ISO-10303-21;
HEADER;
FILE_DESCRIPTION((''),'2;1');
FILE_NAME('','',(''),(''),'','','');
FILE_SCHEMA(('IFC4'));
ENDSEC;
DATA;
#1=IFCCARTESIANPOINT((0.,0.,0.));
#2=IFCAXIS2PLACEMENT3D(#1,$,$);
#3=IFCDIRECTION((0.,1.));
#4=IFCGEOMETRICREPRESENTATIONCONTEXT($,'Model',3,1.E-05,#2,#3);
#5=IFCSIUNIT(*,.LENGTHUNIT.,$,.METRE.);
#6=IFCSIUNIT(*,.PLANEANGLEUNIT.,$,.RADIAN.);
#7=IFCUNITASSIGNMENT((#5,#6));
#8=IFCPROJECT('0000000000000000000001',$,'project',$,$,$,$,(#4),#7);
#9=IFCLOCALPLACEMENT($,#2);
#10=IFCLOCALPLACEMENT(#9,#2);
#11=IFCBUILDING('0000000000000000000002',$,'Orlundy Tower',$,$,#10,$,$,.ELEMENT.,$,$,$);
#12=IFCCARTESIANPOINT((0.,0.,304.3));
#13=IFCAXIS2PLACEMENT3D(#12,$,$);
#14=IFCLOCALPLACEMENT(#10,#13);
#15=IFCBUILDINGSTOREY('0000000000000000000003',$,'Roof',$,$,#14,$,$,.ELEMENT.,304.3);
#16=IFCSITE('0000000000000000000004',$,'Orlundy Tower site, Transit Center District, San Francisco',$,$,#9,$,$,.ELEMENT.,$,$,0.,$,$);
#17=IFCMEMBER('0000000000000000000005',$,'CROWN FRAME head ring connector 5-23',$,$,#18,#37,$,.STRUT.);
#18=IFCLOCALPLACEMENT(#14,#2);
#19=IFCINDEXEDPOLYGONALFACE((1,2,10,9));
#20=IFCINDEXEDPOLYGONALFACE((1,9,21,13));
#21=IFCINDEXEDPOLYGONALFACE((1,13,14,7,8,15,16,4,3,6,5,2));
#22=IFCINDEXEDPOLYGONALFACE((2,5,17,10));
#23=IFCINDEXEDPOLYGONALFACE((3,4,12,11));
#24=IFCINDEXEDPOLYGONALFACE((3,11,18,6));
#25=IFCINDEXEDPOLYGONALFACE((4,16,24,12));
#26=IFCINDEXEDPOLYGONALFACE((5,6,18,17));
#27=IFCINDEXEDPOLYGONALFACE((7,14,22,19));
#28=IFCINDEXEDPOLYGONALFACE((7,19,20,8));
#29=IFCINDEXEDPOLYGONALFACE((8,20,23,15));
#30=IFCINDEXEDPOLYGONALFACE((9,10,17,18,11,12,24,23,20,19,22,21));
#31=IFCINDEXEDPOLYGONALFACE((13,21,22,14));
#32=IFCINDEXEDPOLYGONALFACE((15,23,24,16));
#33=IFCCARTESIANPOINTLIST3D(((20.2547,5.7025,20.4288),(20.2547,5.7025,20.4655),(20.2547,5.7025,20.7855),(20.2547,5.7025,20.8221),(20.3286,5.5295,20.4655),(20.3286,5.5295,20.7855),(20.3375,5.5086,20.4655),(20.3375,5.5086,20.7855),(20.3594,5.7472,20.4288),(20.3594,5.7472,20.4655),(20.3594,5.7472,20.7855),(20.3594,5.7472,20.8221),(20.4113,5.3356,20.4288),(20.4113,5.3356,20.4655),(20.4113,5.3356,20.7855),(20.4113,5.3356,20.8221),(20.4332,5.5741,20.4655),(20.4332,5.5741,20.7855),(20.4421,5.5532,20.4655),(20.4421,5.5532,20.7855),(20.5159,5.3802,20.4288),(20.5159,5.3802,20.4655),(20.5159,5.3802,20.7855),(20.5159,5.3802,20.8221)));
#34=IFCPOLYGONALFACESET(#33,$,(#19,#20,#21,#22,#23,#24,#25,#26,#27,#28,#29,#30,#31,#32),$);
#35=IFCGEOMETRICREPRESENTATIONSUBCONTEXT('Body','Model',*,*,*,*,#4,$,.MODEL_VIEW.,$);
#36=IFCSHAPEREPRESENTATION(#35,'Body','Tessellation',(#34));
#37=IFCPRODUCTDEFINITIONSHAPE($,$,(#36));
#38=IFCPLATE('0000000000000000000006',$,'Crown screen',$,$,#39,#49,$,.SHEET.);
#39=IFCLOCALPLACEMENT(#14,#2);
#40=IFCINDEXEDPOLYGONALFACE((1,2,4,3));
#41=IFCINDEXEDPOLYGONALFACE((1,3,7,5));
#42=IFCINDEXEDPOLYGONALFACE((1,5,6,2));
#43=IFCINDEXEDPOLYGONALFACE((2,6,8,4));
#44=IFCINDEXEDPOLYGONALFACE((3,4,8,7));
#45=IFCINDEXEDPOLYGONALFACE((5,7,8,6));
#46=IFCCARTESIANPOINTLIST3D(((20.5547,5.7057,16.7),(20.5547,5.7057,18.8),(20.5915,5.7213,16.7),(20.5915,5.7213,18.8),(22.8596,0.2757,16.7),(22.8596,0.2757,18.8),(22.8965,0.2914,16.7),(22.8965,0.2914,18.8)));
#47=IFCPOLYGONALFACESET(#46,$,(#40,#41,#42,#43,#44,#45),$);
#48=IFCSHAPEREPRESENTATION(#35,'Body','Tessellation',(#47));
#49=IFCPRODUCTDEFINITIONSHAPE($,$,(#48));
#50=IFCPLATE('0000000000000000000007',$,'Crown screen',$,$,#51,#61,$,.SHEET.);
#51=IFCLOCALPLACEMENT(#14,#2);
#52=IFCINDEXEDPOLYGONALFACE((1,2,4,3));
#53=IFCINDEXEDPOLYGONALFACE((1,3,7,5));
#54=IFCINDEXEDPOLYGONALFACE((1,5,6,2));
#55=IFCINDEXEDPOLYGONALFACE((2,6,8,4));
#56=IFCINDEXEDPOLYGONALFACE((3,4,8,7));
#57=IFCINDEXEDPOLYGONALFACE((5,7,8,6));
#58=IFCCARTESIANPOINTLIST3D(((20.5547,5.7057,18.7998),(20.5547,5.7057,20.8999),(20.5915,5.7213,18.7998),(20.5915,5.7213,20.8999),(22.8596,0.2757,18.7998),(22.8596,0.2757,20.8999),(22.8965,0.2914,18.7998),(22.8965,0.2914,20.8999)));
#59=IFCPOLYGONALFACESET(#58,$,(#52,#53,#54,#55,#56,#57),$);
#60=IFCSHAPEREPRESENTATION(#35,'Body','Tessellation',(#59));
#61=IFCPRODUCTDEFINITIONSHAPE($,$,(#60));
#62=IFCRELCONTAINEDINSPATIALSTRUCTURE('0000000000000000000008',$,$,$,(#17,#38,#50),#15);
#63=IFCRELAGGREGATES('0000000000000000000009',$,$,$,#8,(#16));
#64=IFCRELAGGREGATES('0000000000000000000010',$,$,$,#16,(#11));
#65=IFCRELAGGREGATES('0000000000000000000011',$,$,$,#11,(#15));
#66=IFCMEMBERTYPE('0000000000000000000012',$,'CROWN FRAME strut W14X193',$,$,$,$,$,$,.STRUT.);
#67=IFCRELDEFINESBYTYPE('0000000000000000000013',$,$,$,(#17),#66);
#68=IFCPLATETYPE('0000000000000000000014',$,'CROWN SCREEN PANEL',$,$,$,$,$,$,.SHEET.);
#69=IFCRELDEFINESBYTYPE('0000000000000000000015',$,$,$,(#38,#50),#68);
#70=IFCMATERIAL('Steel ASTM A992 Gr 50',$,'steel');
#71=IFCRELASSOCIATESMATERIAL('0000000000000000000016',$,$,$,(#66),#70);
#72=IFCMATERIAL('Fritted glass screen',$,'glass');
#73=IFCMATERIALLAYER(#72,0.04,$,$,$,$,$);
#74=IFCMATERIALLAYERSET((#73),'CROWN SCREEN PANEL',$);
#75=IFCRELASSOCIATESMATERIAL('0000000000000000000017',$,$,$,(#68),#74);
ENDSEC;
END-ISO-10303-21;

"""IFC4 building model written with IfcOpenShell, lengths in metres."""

from ifc_helpers import new_model, si_unit, direction, frame, origin, origin_2d, place, context, subcontext, project, spatial, rectangle, i_section, extrude, material, layer, layer_set, material_profile, profile_set, type_object, element, save


model = new_model("IFC4")

# Units and contexts
model_context = context("Model", 3, precision=1e-05, world=origin(), true_north=direction((0.0, 1.0)))
body_context = subcontext(model_context, "Body", "Model", "MODEL_VIEW")
ifc_project = project(units=[si_unit("LENGTHUNIT", "METRE"), si_unit("PLANEANGLEUNIT", "RADIAN")], contexts=[model_context])

# Site, building, storey
site_placement = place(None, origin())
site = spatial("IfcSite", under=ifc_project, at=site_placement, Name="Orlundy Tower site, Transit Center District, San Francisco", CompositionType="ELEMENT", RefElevation=0.0)
building_placement = place(site_placement, origin())
building = spatial("IfcBuilding", under=site, at=building_placement, Name="Orlundy Tower", CompositionType="ELEMENT")
storey_placement = place(building_placement, frame((0.0, 0.0, 304.3)))
storey = spatial("IfcBuildingStorey", under=building, at=storey_placement, Name="Roof", CompositionType="ELEMENT", Elevation=304.3)

# Member
ifc_material_1 = material(Name="Steel ASTM A992 Gr 50", Category="steel")
ifc_material_profile_1 = material_profile(ifc_material_1, i_section(OverallWidth=0.3989, OverallDepth=0.3933, WebThickness=0.0227, FlangeThickness=0.0366, at=origin_2d()), Name="W14X193")
ifc_profile_set_1 = profile_set([ifc_material_profile_1], Name="Steel ASTM A992 Gr 50")
member_type_1 = type_object("IfcMemberType", Name="CROWN FRAME strut W14X193", PredefinedType="STRUT", material=ifc_profile_set_1)
for number, where, z_axis, x_axis, name in (
    (1, (20.333, 5.519, 20.6255), (0.919809, 0.392366, 0.0), (-0.392366, 0.919809, 0.0), "CROWN FRAME head ring connector 5-23"),
):
    element("IfcMember", number, at=place(storey_placement, frame(where, z_axis=z_axis, x_axis=x_axis)), inside=storey, type_object=member_type_1, Name=name, PredefinedType="STRUT", context=body_context, shape_type="SweptSolid", body=[
        extrude(i_section(OverallWidth=0.3989, OverallDepth=0.3933, WebThickness=0.0227, FlangeThickness=0.0366, at=origin_2d()), origin(), (0.0, 0.0, 1.0), 0.1138),
    ])

# Plates
ifc_material_2 = material(Name="Fritted glass screen", Category="glass")
ifc_layer = layer(ifc_material_2, 0.04)
ifc_layer_set = layer_set([ifc_layer], Name="CROWN SCREEN PANEL")
plate_type = type_object("IfcPlateType", Name="CROWN SCREEN PANEL", PredefinedType="SHEET", material=ifc_layer_set)
for number, where, z_axis, x_axis, name in (
    (2, (21.7256, 2.9985, 16.7), (0.0, 0.0, 1.0), (-0.390742, 0.9205, 0.0), "Crown screen"),
    (3, (21.7256, 2.9985, 18.7998), (0.0, 0.0, 1.0), (-0.390742, 0.9205, 0.0), "Crown screen"),
):
    element("IfcPlate", number, at=place(storey_placement, frame(where, z_axis=z_axis, x_axis=x_axis)), inside=storey, type_object=plate_type, Name=name, PredefinedType="SHEET", context=body_context, shape_type="SweptSolid", body=[
        extrude(rectangle(XDim=5.8989, YDim=0.04, at=origin_2d()), origin(), (0.0, 0.0, 1.0), 2.1001),
    ])

save(model, "model.ifc")
